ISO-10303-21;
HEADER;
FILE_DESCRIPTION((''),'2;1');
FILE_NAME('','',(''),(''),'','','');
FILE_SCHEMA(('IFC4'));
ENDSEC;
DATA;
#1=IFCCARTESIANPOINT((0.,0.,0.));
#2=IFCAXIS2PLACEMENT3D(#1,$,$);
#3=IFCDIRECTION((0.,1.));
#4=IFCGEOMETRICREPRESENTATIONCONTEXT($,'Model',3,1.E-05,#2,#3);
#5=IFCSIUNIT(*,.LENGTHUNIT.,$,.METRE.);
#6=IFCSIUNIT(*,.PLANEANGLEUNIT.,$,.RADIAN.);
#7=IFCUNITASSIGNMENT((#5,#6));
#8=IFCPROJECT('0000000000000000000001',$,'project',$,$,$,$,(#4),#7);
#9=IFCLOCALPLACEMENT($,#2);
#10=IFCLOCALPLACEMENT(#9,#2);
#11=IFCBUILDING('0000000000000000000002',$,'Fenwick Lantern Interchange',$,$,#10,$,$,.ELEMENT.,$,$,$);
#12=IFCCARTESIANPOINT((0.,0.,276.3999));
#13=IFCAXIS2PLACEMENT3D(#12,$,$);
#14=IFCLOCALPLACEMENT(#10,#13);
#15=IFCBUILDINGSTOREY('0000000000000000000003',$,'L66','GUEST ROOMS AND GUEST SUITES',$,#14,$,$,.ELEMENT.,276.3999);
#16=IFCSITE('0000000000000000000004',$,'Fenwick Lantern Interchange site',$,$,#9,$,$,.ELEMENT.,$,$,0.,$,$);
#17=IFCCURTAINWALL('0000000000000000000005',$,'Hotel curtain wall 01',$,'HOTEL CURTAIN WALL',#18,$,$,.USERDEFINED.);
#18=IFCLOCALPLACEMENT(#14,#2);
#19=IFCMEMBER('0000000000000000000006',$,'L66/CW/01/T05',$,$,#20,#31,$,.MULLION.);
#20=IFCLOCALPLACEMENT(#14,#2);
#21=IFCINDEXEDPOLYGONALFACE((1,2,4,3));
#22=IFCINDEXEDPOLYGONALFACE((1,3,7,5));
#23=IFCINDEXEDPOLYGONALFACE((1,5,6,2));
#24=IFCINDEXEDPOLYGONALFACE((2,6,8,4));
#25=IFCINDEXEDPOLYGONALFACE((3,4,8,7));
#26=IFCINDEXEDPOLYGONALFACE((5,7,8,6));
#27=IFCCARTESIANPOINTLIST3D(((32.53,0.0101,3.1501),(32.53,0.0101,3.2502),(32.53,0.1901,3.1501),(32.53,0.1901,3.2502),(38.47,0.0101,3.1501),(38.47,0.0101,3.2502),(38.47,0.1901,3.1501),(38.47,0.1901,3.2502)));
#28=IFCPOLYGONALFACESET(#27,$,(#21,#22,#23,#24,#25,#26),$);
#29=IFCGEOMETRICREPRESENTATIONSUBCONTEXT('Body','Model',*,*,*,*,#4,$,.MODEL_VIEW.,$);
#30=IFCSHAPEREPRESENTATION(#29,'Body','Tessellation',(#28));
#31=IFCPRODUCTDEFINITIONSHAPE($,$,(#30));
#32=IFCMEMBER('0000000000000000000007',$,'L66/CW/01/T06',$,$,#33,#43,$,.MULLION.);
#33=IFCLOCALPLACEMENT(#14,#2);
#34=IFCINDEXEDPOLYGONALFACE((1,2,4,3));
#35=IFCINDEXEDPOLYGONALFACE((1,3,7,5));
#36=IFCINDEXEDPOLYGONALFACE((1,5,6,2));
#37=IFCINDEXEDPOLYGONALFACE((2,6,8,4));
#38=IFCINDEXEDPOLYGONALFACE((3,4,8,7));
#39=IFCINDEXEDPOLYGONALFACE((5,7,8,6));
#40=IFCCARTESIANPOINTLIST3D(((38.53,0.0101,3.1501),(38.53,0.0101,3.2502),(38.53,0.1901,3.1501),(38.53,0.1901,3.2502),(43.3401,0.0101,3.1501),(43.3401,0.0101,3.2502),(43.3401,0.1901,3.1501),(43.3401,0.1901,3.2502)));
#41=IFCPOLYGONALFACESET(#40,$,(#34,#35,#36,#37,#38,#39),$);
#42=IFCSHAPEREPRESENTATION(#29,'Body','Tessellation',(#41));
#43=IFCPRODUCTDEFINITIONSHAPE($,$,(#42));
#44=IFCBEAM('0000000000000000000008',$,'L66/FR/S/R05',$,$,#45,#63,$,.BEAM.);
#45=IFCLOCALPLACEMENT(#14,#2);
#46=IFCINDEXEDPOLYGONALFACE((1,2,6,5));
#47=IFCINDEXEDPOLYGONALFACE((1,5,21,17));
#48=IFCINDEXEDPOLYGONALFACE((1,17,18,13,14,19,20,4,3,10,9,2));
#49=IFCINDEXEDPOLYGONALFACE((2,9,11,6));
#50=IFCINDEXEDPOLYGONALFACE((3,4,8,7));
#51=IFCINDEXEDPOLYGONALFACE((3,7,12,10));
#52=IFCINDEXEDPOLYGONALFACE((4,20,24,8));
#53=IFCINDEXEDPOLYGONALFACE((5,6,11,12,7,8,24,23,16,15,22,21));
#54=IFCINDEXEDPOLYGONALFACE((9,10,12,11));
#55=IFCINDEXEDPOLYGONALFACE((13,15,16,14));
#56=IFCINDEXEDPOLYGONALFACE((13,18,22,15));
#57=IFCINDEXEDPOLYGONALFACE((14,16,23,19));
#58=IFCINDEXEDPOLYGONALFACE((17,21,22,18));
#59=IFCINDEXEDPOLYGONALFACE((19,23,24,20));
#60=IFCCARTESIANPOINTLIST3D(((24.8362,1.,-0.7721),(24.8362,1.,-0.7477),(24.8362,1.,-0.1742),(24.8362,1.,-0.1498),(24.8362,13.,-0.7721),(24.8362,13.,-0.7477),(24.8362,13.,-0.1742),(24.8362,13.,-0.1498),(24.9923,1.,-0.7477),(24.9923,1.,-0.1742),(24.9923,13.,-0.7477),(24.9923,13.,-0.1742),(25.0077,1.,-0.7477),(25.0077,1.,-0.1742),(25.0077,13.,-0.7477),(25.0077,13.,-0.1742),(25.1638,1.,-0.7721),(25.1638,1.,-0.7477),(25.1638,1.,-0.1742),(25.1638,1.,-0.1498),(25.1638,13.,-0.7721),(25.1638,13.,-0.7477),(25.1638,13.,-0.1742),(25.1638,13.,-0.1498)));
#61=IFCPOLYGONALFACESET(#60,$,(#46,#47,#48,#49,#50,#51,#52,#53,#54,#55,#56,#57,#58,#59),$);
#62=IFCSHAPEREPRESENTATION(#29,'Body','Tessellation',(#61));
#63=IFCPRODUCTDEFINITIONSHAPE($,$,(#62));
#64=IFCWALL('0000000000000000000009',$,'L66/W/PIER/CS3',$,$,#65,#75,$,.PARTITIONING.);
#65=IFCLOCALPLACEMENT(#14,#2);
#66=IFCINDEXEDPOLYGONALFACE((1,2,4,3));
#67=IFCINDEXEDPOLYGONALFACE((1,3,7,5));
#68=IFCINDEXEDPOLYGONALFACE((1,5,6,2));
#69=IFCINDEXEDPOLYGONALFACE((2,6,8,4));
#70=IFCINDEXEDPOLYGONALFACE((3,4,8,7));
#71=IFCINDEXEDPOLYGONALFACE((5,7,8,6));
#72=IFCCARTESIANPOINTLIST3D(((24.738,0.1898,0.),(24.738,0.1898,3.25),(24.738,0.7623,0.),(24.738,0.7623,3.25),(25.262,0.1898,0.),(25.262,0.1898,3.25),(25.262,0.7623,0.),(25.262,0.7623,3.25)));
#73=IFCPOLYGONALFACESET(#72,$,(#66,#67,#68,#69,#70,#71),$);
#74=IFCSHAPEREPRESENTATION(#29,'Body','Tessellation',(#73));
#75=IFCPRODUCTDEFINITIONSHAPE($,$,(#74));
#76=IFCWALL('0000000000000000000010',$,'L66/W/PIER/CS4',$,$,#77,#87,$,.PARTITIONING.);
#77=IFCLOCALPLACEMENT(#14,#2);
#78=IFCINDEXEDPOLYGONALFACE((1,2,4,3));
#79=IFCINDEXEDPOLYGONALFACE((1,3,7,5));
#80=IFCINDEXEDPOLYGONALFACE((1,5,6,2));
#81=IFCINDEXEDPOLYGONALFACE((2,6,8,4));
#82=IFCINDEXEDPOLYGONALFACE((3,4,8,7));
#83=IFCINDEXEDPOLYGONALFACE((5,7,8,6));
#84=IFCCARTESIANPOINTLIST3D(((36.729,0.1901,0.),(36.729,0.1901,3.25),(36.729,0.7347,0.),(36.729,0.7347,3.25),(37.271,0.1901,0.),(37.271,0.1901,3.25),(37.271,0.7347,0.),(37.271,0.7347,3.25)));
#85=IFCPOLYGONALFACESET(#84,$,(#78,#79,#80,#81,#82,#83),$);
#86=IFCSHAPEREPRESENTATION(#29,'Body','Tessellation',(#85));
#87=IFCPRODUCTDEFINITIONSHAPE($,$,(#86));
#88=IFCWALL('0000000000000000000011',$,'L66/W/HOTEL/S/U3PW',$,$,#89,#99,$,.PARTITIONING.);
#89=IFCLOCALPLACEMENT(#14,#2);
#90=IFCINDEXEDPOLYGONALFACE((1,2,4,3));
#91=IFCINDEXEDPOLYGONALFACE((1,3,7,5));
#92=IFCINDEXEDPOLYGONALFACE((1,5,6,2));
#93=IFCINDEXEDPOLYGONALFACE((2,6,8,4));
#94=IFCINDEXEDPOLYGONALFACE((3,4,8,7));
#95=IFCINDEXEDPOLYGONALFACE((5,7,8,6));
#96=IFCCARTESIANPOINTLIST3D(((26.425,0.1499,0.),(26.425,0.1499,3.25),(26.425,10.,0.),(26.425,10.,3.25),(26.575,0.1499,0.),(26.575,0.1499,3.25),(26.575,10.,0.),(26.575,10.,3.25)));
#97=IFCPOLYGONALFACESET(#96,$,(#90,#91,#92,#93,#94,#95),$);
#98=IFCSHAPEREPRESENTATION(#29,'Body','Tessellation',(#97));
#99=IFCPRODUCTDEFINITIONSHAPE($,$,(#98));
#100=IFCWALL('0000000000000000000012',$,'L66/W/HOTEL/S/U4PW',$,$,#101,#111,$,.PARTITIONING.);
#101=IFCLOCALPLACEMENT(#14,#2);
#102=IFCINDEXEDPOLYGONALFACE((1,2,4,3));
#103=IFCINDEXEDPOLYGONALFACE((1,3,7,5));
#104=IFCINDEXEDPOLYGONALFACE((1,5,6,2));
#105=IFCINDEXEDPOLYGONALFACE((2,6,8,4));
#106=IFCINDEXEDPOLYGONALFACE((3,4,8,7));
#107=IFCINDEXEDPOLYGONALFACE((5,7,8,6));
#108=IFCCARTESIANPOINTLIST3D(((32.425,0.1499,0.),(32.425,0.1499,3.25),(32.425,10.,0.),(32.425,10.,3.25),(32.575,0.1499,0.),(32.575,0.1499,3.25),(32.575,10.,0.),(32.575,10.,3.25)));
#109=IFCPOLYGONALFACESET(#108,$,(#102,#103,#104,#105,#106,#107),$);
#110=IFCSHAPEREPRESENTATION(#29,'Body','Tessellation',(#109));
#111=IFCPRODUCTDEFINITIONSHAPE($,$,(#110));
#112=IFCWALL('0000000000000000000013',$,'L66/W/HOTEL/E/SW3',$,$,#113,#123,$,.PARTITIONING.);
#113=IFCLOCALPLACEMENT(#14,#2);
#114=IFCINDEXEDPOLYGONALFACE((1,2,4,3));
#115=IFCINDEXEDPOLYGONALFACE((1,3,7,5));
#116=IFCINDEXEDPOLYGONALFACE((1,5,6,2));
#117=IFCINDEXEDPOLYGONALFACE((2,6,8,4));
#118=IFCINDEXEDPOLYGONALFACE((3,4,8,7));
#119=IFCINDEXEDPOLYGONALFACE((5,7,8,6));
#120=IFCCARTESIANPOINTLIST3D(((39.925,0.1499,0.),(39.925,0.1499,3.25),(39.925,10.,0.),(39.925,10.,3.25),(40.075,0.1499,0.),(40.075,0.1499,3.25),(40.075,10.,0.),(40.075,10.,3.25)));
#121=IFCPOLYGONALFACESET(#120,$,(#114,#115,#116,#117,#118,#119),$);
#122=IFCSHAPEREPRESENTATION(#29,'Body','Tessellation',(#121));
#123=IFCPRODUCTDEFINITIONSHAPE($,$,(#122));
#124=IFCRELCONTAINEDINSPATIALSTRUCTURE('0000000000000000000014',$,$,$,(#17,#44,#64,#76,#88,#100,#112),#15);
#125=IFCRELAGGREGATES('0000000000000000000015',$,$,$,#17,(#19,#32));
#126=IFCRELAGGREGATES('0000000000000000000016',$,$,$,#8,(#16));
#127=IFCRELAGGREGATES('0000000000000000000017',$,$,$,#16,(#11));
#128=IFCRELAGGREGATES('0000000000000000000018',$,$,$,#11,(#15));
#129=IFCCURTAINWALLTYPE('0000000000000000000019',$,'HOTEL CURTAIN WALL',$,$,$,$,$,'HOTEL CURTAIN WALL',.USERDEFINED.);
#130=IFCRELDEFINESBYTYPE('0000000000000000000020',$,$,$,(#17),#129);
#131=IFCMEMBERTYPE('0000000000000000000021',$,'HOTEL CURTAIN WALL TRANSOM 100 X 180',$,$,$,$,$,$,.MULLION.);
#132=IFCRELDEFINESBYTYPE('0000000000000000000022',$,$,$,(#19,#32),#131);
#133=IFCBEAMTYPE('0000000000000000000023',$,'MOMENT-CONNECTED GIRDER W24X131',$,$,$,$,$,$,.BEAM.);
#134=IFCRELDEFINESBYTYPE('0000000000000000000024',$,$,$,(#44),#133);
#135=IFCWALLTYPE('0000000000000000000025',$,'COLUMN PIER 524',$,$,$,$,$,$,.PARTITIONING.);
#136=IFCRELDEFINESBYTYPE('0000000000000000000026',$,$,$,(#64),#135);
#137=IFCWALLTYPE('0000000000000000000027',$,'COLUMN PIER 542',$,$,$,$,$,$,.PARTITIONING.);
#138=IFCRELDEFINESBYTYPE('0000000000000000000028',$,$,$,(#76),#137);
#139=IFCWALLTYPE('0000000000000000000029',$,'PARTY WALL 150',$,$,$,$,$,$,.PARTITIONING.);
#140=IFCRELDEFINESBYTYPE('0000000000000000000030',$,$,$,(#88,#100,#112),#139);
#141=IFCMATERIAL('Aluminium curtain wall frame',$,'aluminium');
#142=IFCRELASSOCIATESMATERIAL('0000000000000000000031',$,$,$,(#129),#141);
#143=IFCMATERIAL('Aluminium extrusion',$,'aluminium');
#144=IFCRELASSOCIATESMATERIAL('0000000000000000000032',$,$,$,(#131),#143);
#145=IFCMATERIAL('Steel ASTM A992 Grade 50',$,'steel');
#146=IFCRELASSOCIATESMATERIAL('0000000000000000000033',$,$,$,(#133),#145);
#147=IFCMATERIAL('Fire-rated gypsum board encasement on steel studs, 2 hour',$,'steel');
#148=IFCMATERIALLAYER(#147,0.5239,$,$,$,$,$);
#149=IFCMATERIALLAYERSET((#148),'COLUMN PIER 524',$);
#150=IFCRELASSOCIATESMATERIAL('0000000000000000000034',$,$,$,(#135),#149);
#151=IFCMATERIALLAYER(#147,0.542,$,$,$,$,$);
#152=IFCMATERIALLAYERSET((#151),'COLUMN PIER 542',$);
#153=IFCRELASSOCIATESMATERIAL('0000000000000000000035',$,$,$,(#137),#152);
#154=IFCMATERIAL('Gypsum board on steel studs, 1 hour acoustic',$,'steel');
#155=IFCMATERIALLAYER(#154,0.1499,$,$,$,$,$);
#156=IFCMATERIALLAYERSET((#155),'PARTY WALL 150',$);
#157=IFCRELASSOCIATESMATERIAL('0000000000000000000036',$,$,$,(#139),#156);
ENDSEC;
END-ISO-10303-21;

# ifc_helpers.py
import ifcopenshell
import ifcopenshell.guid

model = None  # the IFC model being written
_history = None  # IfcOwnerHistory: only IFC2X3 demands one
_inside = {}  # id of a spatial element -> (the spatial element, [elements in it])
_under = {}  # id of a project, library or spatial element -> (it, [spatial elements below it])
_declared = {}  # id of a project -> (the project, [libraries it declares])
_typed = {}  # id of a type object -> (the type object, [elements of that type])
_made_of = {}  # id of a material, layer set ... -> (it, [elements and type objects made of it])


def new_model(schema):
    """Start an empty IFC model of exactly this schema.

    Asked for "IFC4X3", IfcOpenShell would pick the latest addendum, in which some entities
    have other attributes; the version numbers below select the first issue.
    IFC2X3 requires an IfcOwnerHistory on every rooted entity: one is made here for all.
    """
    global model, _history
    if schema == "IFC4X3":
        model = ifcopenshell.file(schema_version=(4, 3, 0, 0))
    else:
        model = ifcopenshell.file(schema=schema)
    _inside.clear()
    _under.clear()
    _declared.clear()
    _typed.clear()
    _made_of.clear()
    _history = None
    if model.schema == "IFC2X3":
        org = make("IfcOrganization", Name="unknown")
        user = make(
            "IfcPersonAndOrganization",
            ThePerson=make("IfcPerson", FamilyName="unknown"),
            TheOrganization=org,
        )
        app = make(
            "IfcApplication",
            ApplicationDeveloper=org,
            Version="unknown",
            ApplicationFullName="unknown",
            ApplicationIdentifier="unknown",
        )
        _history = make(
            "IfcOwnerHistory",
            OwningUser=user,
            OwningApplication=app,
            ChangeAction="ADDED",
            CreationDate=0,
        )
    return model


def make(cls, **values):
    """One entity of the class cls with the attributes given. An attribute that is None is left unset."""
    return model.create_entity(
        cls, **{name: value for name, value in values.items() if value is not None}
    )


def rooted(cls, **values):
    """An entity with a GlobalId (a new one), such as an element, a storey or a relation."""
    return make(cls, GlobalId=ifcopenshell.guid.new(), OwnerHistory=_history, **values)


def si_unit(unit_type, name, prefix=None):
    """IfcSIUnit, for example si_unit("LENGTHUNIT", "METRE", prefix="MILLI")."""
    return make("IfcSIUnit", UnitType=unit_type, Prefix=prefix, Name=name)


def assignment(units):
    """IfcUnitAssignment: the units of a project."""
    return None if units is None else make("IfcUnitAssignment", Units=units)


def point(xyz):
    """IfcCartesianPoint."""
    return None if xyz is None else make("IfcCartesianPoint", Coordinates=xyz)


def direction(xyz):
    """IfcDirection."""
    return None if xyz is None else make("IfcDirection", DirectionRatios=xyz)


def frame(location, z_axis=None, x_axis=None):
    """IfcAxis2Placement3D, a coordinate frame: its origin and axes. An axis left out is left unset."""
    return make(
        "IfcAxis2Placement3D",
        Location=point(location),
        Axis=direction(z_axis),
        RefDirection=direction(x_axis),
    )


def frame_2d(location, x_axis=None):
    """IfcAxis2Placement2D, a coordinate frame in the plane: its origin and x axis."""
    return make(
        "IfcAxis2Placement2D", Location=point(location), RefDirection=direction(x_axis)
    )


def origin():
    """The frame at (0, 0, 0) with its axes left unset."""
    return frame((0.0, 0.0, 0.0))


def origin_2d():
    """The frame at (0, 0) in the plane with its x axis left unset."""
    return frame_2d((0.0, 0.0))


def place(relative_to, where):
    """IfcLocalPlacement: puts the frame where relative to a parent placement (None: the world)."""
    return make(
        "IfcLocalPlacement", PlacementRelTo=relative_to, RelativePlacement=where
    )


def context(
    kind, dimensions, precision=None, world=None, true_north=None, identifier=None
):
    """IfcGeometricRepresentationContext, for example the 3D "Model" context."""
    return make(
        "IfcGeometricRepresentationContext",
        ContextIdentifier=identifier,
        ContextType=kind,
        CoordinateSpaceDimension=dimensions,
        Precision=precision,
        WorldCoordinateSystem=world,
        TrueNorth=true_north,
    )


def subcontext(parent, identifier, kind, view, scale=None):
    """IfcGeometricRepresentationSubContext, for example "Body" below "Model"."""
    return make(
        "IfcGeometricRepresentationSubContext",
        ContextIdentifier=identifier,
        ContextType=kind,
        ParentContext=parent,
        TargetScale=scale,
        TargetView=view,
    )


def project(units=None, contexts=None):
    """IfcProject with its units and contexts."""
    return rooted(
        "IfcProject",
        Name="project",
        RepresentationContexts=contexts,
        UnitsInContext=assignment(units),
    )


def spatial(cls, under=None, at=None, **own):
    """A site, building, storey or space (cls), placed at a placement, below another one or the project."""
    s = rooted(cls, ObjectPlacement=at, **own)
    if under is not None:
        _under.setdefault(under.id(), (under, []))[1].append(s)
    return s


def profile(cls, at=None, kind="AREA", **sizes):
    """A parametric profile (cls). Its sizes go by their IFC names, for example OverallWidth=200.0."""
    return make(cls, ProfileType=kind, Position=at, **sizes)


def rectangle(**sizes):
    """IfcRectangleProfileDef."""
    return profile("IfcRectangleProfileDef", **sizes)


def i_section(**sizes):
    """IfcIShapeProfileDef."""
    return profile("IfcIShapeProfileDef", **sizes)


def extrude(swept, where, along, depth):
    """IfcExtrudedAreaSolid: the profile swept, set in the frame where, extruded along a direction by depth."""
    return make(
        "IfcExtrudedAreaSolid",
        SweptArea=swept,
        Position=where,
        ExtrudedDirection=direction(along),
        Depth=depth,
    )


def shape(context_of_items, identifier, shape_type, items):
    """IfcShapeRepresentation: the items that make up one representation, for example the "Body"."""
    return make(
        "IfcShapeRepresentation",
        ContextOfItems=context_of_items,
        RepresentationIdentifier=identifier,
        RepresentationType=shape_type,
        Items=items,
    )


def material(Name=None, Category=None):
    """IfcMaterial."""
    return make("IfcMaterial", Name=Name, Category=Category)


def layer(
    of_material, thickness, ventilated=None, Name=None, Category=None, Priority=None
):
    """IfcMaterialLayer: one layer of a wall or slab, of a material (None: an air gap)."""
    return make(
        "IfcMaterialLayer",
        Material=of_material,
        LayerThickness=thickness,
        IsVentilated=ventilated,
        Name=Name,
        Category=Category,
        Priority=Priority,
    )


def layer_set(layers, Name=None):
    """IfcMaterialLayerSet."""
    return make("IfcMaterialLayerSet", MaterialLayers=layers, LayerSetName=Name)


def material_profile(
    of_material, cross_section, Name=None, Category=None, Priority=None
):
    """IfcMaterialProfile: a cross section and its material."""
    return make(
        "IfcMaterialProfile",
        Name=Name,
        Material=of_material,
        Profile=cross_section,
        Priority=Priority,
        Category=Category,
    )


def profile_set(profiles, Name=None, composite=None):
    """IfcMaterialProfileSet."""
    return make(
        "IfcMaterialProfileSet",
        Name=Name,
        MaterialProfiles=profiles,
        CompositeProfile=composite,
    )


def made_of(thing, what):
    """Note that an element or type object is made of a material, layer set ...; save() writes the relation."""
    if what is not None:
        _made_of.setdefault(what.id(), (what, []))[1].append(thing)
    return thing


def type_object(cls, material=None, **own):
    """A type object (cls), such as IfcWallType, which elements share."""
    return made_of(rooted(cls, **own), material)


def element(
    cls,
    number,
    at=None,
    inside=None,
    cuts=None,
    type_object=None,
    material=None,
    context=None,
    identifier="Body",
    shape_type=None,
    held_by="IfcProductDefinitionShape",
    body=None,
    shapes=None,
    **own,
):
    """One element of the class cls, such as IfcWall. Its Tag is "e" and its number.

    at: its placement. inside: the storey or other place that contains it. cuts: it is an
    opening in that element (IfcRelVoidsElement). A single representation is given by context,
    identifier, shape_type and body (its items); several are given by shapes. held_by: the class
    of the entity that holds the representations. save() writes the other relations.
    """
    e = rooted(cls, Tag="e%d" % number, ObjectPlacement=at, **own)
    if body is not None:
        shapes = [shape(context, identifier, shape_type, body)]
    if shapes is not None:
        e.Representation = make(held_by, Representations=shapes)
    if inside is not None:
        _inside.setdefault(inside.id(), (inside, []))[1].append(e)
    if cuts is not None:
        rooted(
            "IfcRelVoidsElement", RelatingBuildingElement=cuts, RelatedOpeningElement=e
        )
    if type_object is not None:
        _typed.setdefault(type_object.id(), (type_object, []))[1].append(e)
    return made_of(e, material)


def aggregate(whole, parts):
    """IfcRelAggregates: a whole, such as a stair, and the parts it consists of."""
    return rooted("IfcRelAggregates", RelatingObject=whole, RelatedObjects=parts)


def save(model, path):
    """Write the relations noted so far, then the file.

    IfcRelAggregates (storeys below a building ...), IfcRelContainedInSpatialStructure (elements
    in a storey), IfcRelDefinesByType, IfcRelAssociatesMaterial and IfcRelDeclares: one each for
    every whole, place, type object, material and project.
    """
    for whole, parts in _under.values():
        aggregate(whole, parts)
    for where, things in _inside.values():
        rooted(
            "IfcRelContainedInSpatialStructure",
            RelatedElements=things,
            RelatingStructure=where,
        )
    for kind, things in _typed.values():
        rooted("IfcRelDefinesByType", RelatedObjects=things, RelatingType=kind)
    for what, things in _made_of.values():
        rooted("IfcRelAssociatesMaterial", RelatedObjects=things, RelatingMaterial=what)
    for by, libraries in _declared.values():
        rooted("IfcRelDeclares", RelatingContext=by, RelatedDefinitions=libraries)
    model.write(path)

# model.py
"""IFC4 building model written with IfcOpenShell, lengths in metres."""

from ifc_helpers import new_model, si_unit, direction, frame, frame_2d, origin, origin_2d, place, context, subcontext, project, spatial, rectangle, i_section, extrude, material, layer, layer_set, material_profile, profile_set, type_object, element, aggregate, save


model = new_model("IFC4")

# Units and contexts
model_context = context("Model", 3, precision=1e-05, world=origin(), true_north=direction((0.0, 1.0)))
body_context = subcontext(model_context, "Body", "Model", "MODEL_VIEW")
ifc_project = project(units=[si_unit("LENGTHUNIT", "METRE"), si_unit("PLANEANGLEUNIT", "RADIAN")], contexts=[model_context])

# Site, building, storey
site_placement = place(None, origin())
site = spatial("IfcSite", under=ifc_project, at=site_placement, Name="Fenwick Lantern Interchange site", CompositionType="ELEMENT", RefElevation=0.0)
building_placement = place(site_placement, origin())
building = spatial("IfcBuilding", under=site, at=building_placement, Name="Fenwick Lantern Interchange", CompositionType="ELEMENT")
storey_placement = place(building_placement, frame((0.0, 0.0, 276.3999)))
storey = spatial("IfcBuildingStorey", under=building, at=storey_placement, Name="L66", Description="GUEST ROOMS AND GUEST SUITES", CompositionType="ELEMENT", Elevation=276.3999)

# Shared definitions
ifc_material_1 = material(Name="Steel ASTM A992 Grade 50", Category="steel")

# Curtain wall, members
ifc_material_2 = material(Name="Aluminium curtain wall frame", Category="aluminium")
curtain_wall_type = type_object("IfcCurtainWallType", Name="HOTEL CURTAIN WALL", ElementType="HOTEL CURTAIN WALL", PredefinedType="USERDEFINED", material=ifc_material_2)
curtain_wall_placement = place(storey_placement, origin())
curtain_wall = element("IfcCurtainWall", 1, at=curtain_wall_placement, inside=storey, type_object=curtain_wall_type, Name="Hotel curtain wall 01", ObjectType="HOTEL CURTAIN WALL", PredefinedType="USERDEFINED")
ifc_material_3 = material(Name="Aluminium extrusion", Category="aluminium")
ifc_material_profile_1 = material_profile(ifc_material_3, rectangle(XDim=0.1799, YDim=0.1001, at=origin_2d()), Name="HOTEL CURTAIN WALL TRANSOM 100 X 180")
ifc_profile_set_1 = profile_set([ifc_material_profile_1], Name="Aluminium extrusion")
member_type_1 = type_object("IfcMemberType", Name="HOTEL CURTAIN WALL TRANSOM 100 X 180", PredefinedType="MULLION", material=ifc_profile_set_1)
member_1_placement = place(storey_placement, frame((32.53, 0.1001, 3.2002), z_axis=(1.0, 0.0, 0.0), x_axis=(0.0, 1.0, 0.0)))
member_1 = element("IfcMember", 2, at=member_1_placement, type_object=member_type_1, Name="L66/CW/01/T05", PredefinedType="MULLION", context=body_context, shape_type="SweptSolid", body=[
    extrude(rectangle(XDim=0.1799, YDim=0.1001, at=origin_2d()), origin(), (0.0, 0.0, 1.0), 5.9399),
])
member_2_placement = place(storey_placement, frame((38.53, 0.1001, 3.2002), z_axis=(1.0, 0.0, 0.0), x_axis=(0.0, 1.0, 0.0)))
member_2 = element("IfcMember", 3, at=member_2_placement, type_object=member_type_1, Name="L66/CW/01/T06", PredefinedType="MULLION", context=body_context, shape_type="SweptSolid", body=[
    extrude(rectangle(XDim=0.1799, YDim=0.1001, at=origin_2d()), origin(), (0.0, 0.0, 1.0), 4.8101),
])
aggregate(curtain_wall, [member_1, member_2])

# Beam
ifc_material_profile_2 = material_profile(ifc_material_1, i_section(OverallWidth=0.3276, OverallDepth=0.6223, WebThickness=0.0154, FlangeThickness=0.0244, at=origin_2d()), Name="W24X131")
ifc_profile_set_2 = profile_set([ifc_material_profile_2], Name="Steel ASTM A992 Grade 50")
beam_type_1 = type_object("IfcBeamType", Name="MOMENT-CONNECTED GIRDER W24X131", PredefinedType="BEAM", material=ifc_profile_set_2)
beam_1_placement = place(storey_placement, frame((25.0, 1.0, -0.4609), z_axis=(0.0, 1.0, 0.0), x_axis=(-1.0, 0.0, 0.0)))
element("IfcBeam", 4, at=beam_1_placement, inside=storey, type_object=beam_type_1, Name="L66/FR/S/R05", PredefinedType="BEAM", context=body_context, shape_type="SweptSolid", body=[
    extrude(i_section(OverallWidth=0.3276, OverallDepth=0.6223, WebThickness=0.0154, FlangeThickness=0.0244, at=origin_2d()), origin(), (0.0, 0.0, 1.0), 12.0),
])

# Walls
ifc_material_4 = material(Name="Fire-rated gypsum board encasement on steel studs, 2 hour", Category="steel")
ifc_layer_1 = layer(ifc_material_4, 0.5239)
ifc_layer_set_1 = layer_set([ifc_layer_1], Name="COLUMN PIER 524")
wall_type_1 = type_object("IfcWallType", Name="COLUMN PIER 524", PredefinedType="PARTITIONING", material=ifc_layer_set_1)
wall_1_placement = place(storey_placement, frame((25.0, 0.1899, 0.0), z_axis=(0.0, 0.0, 1.0), x_axis=(0.0, 1.0, 0.0)))
element("IfcWall", 5, at=wall_1_placement, inside=storey, type_object=wall_type_1, Name="L66/W/PIER/CS3", PredefinedType="PARTITIONING", context=body_context, shape_type="SweptSolid", body=[
    extrude(rectangle(XDim=0.5725, YDim=0.5239, at=frame_2d((0.2861, 0.0))), origin(), (0.0, 0.0, 1.0), 3.25),
])
ifc_layer_2 = layer(ifc_material_4, 0.542)
ifc_layer_set_2 = layer_set([ifc_layer_2], Name="COLUMN PIER 542")
wall_type_2 = type_object("IfcWallType", Name="COLUMN PIER 542", PredefinedType="PARTITIONING", material=ifc_layer_set_2)
wall_2_placement = place(storey_placement, frame((37.0, 0.1899, 0.0), z_axis=(0.0, 0.0, 1.0), x_axis=(0.0, 1.0, 0.0)))
element("IfcWall", 6, at=wall_2_placement, inside=storey, type_object=wall_type_2, Name="L66/W/PIER/CS4", PredefinedType="PARTITIONING", context=body_context, shape_type="SweptSolid", body=[
    extrude(rectangle(XDim=0.5447, YDim=0.542, at=frame_2d((0.2725, 0.0))), origin(), (0.0, 0.0, 1.0), 3.25),
])
ifc_material_5 = material(Name="Gypsum board on steel studs, 1 hour acoustic", Category="steel")
ifc_layer_3 = layer(ifc_material_5, 0.1499)
ifc_layer_set_3 = layer_set([ifc_layer_3], Name="PARTY WALL 150")
wall_type_3 = type_object("IfcWallType", Name="PARTY WALL 150", PredefinedType="PARTITIONING", material=ifc_layer_set_3)
for number, where, z_axis, x_axis, name in (
    (7, (26.5, 0.1499, 0.0), (0.0, 0.0, 1.0), (0.0, 1.0, 0.0), "L66/W/HOTEL/S/U3PW"),
    (8, (32.5, 0.1499, 0.0), (0.0, 0.0, 1.0), (0.0, 1.0, 0.0), "L66/W/HOTEL/S/U4PW"),
    (9, (40.0, 0.1499, 0.0), (0.0, 0.0, 1.0), (0.0, 1.0, 0.0), "L66/W/HOTEL/E/SW3"),
):
    element("IfcWall", number, at=place(storey_placement, frame(where, z_axis=z_axis, x_axis=x_axis)), inside=storey, type_object=wall_type_3, Name=name, PredefinedType="PARTITIONING", context=body_context, shape_type="SweptSolid", body=[
        extrude(rectangle(XDim=9.8501, YDim=0.1499, at=frame_2d((4.925, 0.0))), origin(), (0.0, 0.0, 1.0), 3.25),
    ])

save(model, "model.ifc")
